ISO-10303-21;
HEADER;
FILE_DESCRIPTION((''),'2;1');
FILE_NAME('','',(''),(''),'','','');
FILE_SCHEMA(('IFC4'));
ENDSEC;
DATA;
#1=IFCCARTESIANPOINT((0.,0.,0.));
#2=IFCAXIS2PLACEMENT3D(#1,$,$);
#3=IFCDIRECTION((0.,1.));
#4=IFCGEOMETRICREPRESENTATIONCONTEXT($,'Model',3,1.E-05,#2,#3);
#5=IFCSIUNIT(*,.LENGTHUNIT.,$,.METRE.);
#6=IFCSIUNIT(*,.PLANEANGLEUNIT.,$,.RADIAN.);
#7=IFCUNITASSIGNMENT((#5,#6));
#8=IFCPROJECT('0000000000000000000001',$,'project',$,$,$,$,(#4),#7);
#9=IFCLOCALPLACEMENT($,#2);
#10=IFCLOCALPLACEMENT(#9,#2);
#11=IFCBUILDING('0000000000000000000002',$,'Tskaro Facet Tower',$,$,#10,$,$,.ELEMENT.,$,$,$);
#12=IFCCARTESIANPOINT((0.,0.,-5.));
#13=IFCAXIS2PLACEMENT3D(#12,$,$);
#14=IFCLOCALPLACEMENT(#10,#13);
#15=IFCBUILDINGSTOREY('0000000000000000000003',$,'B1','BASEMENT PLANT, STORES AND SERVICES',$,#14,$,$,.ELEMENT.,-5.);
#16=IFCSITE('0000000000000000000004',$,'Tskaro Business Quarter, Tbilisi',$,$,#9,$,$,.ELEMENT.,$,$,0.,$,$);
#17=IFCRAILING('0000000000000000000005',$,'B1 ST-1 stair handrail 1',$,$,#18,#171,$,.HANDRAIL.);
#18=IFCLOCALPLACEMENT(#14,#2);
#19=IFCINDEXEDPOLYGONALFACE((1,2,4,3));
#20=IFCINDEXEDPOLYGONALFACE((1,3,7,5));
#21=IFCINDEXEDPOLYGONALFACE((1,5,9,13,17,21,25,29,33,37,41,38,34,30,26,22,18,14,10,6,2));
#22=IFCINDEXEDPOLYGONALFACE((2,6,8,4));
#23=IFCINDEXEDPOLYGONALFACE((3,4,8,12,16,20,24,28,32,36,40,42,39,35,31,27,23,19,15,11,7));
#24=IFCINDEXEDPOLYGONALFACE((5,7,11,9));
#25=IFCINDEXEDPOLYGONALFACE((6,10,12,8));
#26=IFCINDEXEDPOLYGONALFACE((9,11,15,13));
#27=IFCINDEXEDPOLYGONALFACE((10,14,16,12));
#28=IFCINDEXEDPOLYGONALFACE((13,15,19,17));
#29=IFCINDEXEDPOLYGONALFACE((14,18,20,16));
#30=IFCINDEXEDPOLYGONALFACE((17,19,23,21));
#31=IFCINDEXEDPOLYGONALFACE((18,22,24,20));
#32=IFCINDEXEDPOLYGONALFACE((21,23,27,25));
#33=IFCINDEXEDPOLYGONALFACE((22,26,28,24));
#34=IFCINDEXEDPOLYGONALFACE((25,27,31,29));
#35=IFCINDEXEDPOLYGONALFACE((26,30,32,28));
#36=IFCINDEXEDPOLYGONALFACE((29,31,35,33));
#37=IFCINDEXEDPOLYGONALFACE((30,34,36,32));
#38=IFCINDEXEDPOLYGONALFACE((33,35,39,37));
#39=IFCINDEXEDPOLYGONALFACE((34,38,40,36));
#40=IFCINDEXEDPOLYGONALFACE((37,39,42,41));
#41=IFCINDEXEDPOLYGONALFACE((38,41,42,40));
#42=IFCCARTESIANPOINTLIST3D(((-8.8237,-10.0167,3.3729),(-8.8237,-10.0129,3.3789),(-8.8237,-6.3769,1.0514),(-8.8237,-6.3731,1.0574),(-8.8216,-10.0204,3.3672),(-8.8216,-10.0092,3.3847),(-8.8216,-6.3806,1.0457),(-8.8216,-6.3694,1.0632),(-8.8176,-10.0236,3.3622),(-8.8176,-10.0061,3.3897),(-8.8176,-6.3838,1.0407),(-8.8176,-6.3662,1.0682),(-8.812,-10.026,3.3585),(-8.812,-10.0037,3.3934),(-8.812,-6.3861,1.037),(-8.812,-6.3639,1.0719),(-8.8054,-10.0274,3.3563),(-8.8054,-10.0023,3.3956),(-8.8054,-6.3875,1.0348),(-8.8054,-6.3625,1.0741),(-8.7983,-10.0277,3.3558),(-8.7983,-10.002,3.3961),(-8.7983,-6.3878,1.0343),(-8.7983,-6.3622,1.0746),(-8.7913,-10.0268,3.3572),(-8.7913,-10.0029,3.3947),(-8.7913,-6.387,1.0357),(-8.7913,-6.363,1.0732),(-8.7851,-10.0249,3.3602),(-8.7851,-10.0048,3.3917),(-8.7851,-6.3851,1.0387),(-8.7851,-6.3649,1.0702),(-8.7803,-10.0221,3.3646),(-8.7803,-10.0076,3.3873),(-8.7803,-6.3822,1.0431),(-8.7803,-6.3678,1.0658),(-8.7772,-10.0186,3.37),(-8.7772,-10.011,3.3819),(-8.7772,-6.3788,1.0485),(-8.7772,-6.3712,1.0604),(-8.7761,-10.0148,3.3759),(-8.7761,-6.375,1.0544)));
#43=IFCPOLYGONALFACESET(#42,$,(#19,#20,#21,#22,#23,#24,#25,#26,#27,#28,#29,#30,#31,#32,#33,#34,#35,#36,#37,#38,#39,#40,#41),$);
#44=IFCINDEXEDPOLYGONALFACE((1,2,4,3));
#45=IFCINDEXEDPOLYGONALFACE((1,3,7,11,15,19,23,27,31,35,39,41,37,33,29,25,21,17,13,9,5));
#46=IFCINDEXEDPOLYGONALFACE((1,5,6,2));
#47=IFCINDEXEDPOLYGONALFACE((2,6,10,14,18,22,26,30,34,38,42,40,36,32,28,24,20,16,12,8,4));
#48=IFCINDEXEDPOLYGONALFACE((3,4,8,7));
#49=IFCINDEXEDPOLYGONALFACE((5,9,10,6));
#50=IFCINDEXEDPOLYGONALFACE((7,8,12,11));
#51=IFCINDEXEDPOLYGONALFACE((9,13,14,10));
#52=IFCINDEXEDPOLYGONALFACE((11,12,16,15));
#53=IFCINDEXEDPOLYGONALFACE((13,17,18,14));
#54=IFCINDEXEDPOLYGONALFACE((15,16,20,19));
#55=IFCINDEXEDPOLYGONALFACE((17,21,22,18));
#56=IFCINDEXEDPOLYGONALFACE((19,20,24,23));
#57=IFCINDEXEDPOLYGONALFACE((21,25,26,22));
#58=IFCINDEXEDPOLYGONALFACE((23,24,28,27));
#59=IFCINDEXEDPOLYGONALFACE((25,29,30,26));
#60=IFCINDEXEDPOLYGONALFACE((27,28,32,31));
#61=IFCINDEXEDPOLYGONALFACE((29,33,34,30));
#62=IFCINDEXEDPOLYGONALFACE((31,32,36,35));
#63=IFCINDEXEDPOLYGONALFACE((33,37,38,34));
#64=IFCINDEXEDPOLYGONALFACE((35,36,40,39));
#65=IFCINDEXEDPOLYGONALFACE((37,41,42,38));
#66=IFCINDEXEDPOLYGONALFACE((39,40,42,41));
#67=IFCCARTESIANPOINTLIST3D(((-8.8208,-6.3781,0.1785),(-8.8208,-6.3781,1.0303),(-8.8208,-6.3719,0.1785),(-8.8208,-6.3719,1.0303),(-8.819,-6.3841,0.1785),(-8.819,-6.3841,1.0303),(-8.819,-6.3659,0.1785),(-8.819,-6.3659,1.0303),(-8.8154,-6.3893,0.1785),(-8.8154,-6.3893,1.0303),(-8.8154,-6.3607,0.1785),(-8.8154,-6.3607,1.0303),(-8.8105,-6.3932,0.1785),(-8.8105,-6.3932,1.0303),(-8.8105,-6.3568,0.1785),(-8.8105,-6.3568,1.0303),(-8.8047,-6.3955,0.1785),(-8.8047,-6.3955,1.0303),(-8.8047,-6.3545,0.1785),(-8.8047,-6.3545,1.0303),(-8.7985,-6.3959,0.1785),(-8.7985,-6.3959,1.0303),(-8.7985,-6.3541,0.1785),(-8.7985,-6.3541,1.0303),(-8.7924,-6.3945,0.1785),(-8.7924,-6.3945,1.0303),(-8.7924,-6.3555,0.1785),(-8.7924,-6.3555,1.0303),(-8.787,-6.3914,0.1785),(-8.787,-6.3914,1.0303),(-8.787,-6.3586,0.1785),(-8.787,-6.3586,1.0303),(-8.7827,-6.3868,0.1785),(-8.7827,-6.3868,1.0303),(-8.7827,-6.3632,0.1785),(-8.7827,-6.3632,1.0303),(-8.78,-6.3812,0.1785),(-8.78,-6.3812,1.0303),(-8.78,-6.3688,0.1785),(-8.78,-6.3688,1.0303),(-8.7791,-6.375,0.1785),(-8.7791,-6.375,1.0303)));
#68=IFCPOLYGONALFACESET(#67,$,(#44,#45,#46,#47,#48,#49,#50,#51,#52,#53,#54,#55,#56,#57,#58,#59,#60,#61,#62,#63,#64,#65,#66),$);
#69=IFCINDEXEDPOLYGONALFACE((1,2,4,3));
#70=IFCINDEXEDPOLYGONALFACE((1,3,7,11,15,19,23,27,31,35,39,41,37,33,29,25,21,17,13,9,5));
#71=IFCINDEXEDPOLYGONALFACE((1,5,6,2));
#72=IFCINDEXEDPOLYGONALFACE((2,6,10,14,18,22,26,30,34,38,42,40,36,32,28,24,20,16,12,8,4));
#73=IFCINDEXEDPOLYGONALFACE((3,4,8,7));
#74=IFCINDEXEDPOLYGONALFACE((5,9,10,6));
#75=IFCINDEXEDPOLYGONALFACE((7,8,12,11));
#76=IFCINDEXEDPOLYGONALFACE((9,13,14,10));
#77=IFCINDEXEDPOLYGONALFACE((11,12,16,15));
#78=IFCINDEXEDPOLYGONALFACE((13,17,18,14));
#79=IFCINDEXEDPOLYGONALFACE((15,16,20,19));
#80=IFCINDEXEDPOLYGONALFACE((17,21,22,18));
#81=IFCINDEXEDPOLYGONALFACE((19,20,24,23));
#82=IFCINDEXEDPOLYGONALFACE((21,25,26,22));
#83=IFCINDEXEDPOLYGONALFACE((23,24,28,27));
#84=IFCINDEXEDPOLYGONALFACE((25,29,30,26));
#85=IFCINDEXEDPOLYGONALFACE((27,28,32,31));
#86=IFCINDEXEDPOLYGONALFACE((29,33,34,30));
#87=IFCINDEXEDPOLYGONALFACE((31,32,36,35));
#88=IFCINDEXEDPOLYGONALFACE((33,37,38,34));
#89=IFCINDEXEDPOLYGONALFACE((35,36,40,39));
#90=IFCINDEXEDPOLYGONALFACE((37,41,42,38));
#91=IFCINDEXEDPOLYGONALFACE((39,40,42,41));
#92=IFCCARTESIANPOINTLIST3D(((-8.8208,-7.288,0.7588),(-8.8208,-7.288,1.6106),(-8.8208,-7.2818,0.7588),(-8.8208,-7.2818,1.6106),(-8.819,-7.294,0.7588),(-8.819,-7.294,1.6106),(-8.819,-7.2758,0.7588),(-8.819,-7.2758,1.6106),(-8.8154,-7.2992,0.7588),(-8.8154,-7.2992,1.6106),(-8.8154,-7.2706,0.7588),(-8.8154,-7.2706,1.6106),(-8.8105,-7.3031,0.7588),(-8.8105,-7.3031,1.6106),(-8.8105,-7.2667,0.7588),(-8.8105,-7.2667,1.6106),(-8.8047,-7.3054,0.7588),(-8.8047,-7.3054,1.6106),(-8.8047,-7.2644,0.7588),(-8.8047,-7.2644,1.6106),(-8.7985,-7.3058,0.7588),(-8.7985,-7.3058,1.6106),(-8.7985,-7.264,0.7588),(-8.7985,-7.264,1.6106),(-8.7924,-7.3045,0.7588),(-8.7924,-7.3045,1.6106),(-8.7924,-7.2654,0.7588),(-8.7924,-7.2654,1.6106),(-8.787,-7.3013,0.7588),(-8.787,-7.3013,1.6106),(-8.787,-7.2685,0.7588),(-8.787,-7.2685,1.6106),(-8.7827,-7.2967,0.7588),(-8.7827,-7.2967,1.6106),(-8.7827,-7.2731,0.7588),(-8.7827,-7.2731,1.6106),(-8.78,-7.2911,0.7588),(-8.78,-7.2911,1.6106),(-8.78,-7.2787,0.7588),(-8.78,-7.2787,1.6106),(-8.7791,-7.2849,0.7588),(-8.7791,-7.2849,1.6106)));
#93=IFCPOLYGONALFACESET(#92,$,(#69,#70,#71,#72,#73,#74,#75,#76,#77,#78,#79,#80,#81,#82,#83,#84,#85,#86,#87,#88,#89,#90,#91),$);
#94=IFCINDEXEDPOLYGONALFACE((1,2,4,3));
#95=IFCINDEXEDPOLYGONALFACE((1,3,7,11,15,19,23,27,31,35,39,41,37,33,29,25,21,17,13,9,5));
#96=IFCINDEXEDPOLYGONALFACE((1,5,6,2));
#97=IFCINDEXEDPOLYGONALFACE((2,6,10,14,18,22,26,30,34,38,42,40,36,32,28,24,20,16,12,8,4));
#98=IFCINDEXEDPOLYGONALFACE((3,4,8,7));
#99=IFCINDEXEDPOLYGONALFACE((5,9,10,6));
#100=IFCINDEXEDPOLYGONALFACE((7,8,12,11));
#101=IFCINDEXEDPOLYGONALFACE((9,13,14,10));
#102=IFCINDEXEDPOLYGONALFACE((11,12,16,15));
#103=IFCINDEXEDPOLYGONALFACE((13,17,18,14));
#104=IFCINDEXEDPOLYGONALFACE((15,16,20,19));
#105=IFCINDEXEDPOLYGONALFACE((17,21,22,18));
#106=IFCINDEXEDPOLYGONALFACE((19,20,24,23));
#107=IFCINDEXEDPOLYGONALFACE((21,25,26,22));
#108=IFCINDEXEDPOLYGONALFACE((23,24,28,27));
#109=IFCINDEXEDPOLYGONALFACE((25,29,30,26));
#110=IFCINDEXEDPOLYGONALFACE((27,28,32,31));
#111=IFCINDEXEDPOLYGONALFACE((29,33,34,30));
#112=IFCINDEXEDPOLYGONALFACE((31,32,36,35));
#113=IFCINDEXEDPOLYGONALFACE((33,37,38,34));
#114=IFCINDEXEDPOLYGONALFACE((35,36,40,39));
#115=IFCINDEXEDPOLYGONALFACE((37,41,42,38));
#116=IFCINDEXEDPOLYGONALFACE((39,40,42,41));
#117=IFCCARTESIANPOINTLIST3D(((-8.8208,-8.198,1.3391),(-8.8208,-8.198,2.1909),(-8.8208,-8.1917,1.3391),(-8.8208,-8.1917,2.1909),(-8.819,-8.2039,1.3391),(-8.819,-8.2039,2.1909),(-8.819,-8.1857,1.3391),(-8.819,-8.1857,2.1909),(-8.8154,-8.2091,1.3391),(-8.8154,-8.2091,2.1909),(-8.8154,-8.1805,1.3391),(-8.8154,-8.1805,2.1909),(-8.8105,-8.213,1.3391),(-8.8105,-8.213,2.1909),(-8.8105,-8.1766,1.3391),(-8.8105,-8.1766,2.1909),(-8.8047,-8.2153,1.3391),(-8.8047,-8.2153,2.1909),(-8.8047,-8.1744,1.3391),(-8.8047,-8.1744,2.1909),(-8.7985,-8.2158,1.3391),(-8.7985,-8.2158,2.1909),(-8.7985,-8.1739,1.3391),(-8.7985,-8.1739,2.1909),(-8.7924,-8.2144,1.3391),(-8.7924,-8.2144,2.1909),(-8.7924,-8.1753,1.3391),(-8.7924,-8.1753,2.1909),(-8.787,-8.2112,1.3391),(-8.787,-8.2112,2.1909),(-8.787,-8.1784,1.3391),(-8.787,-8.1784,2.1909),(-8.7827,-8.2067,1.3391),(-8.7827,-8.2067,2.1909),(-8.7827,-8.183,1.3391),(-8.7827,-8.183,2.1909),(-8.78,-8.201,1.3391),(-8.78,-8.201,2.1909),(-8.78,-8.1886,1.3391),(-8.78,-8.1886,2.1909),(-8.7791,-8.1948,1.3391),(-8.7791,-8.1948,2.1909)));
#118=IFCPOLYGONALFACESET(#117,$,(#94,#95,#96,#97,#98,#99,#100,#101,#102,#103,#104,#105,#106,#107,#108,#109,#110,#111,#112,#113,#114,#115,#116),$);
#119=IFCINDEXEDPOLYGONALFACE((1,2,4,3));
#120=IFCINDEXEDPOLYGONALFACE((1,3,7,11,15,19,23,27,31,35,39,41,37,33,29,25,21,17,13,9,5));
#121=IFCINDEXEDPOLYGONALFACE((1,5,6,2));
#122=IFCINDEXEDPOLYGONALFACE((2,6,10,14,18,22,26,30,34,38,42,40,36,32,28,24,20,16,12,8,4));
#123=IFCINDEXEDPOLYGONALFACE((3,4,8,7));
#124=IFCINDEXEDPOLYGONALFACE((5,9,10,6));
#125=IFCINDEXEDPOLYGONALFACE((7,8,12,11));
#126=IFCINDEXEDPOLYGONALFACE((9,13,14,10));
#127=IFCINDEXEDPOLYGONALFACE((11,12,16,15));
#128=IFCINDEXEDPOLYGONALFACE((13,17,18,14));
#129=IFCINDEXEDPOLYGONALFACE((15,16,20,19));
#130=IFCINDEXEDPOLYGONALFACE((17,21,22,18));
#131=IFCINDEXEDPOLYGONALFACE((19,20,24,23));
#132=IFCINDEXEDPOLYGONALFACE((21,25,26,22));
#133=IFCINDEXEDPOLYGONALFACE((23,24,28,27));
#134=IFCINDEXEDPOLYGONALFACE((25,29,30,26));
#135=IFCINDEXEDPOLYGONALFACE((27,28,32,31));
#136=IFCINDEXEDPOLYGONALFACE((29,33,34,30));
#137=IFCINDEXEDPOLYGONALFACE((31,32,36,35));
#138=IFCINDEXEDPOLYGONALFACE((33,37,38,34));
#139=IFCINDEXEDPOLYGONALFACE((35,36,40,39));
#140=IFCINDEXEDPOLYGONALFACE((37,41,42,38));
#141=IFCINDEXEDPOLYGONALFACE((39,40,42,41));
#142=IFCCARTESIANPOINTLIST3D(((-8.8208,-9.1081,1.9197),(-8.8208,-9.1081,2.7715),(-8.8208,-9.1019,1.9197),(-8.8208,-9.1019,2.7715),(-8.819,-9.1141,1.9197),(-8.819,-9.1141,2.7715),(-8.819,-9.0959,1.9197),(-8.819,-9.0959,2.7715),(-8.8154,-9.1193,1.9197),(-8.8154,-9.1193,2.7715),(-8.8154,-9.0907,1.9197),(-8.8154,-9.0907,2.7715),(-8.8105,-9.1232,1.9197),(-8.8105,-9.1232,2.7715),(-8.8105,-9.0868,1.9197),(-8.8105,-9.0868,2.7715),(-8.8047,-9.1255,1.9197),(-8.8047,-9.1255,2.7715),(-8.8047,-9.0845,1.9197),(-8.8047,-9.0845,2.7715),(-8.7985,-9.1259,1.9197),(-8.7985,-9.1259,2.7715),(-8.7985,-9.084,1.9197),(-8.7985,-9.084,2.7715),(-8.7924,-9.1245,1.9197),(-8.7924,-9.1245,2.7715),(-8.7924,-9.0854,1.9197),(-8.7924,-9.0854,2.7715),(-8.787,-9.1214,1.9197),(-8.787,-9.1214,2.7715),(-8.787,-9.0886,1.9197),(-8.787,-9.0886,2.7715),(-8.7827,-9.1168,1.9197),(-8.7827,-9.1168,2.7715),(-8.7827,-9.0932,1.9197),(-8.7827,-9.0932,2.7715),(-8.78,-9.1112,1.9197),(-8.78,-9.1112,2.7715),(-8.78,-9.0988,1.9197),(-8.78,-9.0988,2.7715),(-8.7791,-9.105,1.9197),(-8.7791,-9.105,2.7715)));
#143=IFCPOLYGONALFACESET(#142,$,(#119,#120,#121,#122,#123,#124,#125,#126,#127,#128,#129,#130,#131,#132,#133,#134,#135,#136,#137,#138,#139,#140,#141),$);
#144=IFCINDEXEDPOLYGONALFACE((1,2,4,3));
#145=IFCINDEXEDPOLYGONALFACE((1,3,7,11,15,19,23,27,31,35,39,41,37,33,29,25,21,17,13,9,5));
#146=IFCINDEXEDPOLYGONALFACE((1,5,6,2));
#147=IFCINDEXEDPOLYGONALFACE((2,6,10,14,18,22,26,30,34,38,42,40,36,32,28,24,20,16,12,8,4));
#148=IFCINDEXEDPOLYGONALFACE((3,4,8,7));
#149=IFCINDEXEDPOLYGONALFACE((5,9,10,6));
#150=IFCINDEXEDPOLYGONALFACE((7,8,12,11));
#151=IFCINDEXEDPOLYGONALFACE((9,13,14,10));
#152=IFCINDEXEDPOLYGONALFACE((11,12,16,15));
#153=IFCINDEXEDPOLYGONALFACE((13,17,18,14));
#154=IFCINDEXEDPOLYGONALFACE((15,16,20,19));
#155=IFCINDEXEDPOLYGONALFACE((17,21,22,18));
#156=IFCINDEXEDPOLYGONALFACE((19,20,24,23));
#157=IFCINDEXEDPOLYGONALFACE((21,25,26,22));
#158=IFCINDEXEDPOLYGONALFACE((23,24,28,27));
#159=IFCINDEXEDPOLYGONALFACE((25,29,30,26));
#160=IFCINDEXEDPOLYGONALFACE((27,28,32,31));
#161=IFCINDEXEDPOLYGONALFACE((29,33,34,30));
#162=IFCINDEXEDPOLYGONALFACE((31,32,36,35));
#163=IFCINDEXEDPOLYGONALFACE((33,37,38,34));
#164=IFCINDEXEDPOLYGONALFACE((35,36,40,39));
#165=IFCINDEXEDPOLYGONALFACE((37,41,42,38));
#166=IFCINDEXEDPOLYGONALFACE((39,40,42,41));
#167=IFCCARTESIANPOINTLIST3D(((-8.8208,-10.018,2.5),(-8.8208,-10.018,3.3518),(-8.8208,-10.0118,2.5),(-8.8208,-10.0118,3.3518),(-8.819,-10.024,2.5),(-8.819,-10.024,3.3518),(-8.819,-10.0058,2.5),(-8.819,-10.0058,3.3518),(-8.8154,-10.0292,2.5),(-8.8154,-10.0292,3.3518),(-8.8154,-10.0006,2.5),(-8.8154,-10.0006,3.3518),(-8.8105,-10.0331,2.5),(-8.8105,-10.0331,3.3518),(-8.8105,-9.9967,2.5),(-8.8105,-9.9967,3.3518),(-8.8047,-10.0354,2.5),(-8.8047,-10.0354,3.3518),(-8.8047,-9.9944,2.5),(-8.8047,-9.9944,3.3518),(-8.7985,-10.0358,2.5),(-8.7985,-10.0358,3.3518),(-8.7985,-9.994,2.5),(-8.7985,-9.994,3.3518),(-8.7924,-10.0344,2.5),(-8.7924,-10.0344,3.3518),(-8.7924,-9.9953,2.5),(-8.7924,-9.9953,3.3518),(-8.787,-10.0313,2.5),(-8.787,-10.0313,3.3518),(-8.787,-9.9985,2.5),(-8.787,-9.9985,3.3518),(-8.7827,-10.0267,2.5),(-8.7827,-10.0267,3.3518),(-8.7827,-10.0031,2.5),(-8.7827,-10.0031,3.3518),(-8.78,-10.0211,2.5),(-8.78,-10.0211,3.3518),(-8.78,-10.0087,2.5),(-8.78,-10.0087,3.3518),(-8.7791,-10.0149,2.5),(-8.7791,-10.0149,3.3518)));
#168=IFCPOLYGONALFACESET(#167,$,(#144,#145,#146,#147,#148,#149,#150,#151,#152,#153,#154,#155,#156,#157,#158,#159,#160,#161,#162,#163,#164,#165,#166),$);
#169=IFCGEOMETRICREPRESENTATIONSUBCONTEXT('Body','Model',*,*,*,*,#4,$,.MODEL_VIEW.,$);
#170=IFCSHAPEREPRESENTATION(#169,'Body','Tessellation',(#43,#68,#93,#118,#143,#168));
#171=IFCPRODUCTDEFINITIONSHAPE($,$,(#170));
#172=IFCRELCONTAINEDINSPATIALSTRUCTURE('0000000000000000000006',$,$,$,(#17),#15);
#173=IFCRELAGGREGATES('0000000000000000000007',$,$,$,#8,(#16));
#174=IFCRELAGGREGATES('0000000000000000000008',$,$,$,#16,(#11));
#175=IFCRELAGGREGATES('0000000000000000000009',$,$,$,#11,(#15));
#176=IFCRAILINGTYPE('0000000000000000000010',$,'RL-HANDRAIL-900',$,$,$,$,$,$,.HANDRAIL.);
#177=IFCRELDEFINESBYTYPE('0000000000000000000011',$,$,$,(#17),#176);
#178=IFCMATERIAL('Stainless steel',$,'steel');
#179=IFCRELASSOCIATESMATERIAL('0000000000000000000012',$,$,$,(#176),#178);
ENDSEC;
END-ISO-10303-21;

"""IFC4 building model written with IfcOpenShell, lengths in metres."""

from ifc_helpers import new_model, si_unit, direction, frame, origin, origin_2d, place, context, subcontext, project, spatial, circle, extrude, material, type_object, element, save


model = new_model("IFC4")

# Units and contexts
model_context = context("Model", 3, precision=1e-05, world=origin(), true_north=direction((0.0, 1.0)))
body_context = subcontext(model_context, "Body", "Model", "MODEL_VIEW")
ifc_project = project(units=[si_unit("LENGTHUNIT", "METRE"), si_unit("PLANEANGLEUNIT", "RADIAN")], contexts=[model_context])

# Site, building, storey
site_placement = place(None, origin())
site = spatial("IfcSite", under=ifc_project, at=site_placement, Name="Tskaro Business Quarter, Tbilisi", CompositionType="ELEMENT", RefElevation=0.0)
building_placement = place(site_placement, origin())
building = spatial("IfcBuilding", under=site, at=building_placement, Name="Tskaro Facet Tower", CompositionType="ELEMENT")
storey_placement = place(building_placement, frame((0.0, 0.0, -5.0)))
storey = spatial("IfcBuildingStorey", under=building, at=storey_placement, Name="B1", Description="BASEMENT PLANT, STORES AND SERVICES", CompositionType="ELEMENT", Elevation=-5.0)

# Shared definitions
ifc_material_1 = material(Name="Stainless steel", Category="steel")

# Railing
railing_type_1 = type_object("IfcRailingType", Name="RL-HANDRAIL-900", PredefinedType="HANDRAIL", material=ifc_material_1)
railing_1_placement = place(storey_placement, frame((-8.8, -6.375, 0.1785)))
element("IfcRailing", 1, at=railing_1_placement, inside=storey, type_object=railing_type_1, Name="B1 ST-1 stair handrail 1", PredefinedType="HANDRAIL", context=body_context, shape_type="SweptSolid", body=[
    extrude(circle(Radius=0.0239, at=origin_2d()), frame((0.0, 0.0, 0.876), z_axis=(0.0, -0.843112, 0.537739), x_axis=(1.0, 0.0, 0.0)), (0.0, 0.0, 1.0), 4.3171),
    extrude(circle(Radius=0.021, at=origin_2d()), origin(), (0.0, 0.0, 1.0), 0.8518),
    extrude(circle(Radius=0.021, at=origin_2d()), frame((0.0, -0.9099, 0.5803)), (0.0, 0.0, 1.0), 0.8518),
    extrude(circle(Radius=0.021, at=origin_2d()), frame((0.0, -1.8198, 1.1606)), (0.0, 0.0, 1.0), 0.8518),
    extrude(circle(Radius=0.021, at=origin_2d()), frame((0.0, -2.73, 1.7412)), (0.0, 0.0, 1.0), 0.8518),
    extrude(circle(Radius=0.021, at=origin_2d()), frame((0.0, -3.6399, 2.3215)), (0.0, 0.0, 1.0), 0.8518),
])

save(model, "model.ifc")
